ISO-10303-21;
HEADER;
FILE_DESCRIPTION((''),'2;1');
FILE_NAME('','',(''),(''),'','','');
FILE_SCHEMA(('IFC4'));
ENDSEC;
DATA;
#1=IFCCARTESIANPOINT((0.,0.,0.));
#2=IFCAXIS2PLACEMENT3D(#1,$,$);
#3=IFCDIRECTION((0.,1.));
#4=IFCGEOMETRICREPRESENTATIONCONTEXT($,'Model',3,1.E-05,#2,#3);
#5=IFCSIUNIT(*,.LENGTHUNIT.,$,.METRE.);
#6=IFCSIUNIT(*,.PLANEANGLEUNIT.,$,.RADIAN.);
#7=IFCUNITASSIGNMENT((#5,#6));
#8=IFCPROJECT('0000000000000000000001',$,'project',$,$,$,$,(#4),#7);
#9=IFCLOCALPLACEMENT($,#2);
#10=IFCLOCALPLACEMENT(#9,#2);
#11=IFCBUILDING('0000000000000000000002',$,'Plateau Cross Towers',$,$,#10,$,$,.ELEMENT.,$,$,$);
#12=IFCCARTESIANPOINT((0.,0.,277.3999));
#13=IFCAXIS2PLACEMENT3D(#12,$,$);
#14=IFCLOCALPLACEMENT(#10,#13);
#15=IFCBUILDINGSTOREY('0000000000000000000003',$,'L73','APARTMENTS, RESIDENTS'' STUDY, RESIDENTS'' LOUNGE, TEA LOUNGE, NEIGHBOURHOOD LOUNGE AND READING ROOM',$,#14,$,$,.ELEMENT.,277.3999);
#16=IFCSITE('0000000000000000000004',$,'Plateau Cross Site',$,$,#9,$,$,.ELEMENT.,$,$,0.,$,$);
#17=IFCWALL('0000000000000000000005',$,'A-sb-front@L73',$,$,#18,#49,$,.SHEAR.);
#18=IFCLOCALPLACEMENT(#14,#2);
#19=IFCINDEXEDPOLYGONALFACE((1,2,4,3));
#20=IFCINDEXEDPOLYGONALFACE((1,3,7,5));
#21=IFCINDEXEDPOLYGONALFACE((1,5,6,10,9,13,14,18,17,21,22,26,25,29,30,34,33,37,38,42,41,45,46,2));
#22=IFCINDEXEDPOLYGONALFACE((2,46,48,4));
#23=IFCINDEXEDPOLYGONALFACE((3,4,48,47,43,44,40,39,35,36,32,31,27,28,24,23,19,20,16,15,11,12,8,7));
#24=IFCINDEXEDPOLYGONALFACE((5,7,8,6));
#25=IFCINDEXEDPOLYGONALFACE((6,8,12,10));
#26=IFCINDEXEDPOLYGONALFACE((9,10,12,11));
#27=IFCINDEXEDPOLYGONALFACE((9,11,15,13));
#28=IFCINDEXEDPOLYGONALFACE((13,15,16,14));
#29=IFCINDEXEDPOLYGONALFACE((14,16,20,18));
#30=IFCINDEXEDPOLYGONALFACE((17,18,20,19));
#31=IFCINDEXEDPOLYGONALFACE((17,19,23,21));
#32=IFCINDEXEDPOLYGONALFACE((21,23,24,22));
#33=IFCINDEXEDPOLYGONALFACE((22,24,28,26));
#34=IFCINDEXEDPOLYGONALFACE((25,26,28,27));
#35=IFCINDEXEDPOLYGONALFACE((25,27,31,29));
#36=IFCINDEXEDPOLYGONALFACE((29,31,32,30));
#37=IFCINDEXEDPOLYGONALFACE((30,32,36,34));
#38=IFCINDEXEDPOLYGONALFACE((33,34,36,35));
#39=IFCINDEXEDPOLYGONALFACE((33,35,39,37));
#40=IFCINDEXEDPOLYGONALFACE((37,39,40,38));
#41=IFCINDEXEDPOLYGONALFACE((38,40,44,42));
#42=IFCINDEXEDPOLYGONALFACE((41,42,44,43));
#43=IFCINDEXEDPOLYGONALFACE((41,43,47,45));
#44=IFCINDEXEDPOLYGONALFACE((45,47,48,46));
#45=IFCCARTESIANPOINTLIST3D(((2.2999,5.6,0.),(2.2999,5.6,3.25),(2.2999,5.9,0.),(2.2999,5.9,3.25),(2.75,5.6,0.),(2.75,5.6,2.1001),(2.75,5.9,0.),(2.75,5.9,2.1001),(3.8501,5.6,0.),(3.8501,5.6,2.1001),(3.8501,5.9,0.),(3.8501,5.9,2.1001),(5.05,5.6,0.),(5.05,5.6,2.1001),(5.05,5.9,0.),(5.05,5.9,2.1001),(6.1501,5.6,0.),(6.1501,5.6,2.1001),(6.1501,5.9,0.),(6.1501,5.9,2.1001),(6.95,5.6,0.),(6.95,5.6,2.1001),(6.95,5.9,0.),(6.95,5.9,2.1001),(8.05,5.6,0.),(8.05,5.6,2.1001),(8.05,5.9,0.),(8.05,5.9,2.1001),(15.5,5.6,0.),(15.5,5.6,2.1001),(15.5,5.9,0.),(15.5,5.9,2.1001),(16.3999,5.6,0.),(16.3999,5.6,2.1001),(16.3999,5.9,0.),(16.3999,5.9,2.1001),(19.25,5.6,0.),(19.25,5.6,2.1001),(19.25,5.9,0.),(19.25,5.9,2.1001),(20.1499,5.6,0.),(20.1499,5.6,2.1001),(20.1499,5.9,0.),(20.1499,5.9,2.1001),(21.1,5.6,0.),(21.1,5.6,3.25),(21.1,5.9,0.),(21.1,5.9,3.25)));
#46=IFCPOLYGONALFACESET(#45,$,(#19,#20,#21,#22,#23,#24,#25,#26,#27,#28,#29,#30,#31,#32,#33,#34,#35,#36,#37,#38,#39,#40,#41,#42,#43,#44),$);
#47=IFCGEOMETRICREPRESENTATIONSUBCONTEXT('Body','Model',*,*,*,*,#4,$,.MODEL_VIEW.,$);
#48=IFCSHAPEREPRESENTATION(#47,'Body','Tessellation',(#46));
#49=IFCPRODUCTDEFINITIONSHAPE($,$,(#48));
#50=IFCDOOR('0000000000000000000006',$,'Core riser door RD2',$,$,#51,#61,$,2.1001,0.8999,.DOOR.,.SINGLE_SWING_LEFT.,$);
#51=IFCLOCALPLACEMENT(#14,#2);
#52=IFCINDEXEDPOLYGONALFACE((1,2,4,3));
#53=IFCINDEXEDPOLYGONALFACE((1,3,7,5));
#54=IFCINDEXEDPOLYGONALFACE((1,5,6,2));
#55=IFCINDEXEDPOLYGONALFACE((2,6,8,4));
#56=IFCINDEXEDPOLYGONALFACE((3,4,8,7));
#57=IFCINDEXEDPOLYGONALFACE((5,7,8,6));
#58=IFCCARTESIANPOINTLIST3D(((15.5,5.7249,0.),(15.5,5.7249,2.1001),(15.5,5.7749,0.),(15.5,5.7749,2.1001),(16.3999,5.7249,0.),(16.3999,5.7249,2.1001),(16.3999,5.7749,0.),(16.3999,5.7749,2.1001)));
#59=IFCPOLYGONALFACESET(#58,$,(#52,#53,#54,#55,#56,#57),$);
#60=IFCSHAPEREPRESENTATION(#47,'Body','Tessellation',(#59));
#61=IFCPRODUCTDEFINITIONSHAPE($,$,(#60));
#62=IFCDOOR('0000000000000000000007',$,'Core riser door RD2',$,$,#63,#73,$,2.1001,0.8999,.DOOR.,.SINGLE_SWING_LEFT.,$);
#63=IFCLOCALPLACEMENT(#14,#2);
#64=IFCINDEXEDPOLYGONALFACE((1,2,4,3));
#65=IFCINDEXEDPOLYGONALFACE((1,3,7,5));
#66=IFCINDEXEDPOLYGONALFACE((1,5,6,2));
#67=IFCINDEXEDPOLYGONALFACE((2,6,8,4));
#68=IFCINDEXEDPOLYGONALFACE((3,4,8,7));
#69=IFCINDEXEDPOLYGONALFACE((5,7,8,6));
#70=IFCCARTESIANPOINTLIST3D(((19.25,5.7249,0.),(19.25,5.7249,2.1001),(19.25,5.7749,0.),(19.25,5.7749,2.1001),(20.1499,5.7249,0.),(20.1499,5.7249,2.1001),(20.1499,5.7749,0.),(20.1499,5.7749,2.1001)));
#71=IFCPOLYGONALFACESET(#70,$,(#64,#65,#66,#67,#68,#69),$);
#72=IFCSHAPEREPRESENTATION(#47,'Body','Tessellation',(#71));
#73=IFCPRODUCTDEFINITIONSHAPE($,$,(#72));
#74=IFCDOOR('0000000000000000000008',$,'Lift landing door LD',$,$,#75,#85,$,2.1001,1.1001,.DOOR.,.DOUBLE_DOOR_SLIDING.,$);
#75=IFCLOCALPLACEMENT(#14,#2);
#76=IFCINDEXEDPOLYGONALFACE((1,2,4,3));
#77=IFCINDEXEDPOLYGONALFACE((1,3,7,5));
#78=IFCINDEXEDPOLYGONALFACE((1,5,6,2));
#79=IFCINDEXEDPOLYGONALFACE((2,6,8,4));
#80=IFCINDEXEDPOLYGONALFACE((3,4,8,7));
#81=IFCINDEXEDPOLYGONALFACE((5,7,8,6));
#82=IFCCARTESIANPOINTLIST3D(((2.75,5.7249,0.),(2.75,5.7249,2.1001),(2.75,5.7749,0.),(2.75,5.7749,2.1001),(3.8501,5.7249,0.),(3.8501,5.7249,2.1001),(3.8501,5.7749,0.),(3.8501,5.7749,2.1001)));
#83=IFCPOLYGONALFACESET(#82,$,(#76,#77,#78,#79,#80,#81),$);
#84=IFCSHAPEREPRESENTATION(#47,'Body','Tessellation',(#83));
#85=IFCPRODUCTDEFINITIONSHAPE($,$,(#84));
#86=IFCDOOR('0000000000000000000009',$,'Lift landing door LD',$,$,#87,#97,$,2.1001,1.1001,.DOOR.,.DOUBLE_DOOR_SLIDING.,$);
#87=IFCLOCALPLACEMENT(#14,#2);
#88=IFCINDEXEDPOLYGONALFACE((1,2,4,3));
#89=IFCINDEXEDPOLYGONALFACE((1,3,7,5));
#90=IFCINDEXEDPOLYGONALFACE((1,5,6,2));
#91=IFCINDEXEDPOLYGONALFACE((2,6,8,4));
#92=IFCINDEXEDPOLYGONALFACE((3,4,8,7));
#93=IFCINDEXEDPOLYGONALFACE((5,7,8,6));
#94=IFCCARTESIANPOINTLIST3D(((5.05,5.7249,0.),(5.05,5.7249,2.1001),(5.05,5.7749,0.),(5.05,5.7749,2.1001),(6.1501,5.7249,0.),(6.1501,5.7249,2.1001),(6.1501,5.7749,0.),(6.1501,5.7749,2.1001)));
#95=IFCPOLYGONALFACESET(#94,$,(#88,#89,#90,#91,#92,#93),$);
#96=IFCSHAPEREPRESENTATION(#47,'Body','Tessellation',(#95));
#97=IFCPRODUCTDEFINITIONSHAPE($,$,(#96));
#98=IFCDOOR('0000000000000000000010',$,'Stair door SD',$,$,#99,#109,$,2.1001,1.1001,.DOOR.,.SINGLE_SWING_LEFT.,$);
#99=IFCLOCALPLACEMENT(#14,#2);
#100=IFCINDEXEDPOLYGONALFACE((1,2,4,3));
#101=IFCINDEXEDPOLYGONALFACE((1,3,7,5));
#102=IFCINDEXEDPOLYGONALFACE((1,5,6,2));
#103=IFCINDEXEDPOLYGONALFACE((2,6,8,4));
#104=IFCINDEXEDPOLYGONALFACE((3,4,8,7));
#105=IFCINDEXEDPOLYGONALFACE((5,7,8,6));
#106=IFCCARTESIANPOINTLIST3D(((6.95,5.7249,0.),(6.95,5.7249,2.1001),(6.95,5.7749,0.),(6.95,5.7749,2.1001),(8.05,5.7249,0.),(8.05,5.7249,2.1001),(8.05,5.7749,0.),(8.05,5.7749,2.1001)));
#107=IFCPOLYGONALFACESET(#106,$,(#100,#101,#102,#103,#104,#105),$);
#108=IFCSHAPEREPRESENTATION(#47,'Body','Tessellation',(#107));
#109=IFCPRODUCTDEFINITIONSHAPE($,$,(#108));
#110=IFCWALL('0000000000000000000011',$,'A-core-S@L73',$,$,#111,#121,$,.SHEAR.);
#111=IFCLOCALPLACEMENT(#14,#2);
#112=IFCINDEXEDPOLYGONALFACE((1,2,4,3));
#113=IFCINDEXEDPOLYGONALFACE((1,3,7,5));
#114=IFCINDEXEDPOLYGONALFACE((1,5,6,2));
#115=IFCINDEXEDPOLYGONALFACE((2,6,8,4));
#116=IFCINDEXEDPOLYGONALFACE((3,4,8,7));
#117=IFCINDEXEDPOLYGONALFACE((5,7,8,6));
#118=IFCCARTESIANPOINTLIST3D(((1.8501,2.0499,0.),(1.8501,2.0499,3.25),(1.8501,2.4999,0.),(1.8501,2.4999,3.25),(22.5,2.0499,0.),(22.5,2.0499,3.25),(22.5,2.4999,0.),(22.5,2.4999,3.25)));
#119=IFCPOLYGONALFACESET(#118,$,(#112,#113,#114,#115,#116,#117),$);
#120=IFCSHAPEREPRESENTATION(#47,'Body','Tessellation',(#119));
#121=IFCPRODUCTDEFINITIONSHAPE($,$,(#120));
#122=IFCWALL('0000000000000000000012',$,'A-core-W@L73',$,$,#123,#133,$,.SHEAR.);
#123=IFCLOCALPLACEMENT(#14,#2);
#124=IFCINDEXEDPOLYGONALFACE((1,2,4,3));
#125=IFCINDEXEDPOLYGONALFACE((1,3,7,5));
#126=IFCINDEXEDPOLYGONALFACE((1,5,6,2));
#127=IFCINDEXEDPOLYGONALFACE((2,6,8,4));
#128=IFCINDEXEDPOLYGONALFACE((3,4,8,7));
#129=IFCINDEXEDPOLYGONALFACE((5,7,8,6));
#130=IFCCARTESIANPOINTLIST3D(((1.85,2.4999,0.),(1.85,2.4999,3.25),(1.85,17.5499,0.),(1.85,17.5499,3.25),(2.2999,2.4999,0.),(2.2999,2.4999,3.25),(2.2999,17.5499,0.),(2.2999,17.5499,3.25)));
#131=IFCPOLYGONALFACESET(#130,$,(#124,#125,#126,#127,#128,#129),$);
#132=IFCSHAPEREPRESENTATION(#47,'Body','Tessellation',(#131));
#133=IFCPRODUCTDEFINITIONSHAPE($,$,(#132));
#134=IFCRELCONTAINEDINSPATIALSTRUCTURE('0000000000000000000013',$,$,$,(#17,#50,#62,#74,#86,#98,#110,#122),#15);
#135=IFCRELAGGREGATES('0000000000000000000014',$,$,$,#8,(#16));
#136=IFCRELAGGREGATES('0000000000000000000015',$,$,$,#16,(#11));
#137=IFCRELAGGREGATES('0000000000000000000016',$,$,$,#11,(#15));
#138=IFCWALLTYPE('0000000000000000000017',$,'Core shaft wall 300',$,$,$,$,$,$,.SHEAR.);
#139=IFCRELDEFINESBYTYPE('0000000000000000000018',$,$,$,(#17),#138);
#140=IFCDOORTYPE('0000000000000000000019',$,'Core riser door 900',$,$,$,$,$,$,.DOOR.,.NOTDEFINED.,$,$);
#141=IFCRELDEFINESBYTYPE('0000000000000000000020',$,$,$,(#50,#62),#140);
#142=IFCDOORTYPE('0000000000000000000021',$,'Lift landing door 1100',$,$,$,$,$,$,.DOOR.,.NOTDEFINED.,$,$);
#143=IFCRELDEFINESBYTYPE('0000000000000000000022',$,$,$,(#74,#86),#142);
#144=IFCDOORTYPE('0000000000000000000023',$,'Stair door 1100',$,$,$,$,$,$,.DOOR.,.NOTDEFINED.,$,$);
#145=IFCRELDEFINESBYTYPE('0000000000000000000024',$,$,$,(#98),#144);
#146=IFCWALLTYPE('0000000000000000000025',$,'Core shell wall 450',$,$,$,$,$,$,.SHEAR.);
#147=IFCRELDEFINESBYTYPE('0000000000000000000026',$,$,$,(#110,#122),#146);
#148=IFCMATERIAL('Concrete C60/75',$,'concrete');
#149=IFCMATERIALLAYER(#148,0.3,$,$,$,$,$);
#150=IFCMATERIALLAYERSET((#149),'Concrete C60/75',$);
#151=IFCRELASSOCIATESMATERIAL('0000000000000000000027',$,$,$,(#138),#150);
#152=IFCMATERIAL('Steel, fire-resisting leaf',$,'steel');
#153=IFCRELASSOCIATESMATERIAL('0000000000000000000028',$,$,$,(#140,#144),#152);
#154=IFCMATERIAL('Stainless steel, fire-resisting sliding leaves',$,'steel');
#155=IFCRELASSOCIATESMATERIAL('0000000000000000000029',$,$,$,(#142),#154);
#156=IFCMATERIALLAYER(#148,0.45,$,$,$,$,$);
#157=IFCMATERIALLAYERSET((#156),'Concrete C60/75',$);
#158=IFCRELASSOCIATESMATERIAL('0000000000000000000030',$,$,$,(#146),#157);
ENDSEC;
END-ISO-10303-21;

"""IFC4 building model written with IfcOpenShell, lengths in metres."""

from ifc_helpers import new_model, si_unit, direction, frame, frame_2d, origin, place, context, subcontext, project, spatial, rectangle, extrude, material, layer, layer_set, type_object, element, fill, save


model = new_model("IFC4")

# Units and contexts
model_context = context("Model", 3, precision=1e-05, world=origin(), true_north=direction((0.0, 1.0)))
body_context = subcontext(model_context, "Body", "Model", "MODEL_VIEW")
ifc_project = project(units=[si_unit("LENGTHUNIT", "METRE"), si_unit("PLANEANGLEUNIT", "RADIAN")], contexts=[model_context])

# Site, building, storey
site_placement = place(None, origin())
site = spatial("IfcSite", under=ifc_project, at=site_placement, Name="Plateau Cross Site", CompositionType="ELEMENT", RefElevation=0.0)
building_placement = place(site_placement, origin())
building = spatial("IfcBuilding", under=site, at=building_placement, Name="Plateau Cross Towers", CompositionType="ELEMENT")
storey_placement = place(building_placement, frame((0.0, 0.0, 277.3999)))
storey = spatial("IfcBuildingStorey", under=building, at=storey_placement, Name="L73", Description="APARTMENTS, RESIDENTS' STUDY, RESIDENTS' LOUNGE, TEA LOUNGE, NEIGHBOURHOOD LOUNGE AND READING ROOM", CompositionType="ELEMENT", Elevation=277.3999)

# Shared definitions
ifc_material_1 = material(Name="Concrete C60/75", Category="concrete")

# Shared definitions
ifc_layer_1 = layer(ifc_material_1, 0.3)
ifc_layer_set_1 = layer_set([ifc_layer_1], Name="Concrete C60/75")
wall_type_1 = type_object("IfcWallType", Name="Core shaft wall 300", PredefinedType="SHEAR", material=ifc_layer_set_1)

# Wall, openings, doors
wall_1_placement = place(storey_placement, frame((2.3, 5.75, 0.0), z_axis=(0.0, 0.0, 1.0), x_axis=(1.0, 0.0, 0.0)))
wall_1 = element("IfcWall", 1, at=wall_1_placement, inside=storey, type_object=wall_type_1, Name="A-sb-front@L73", PredefinedType="SHEAR", context=body_context, shape_type="SweptSolid", body=[
    extrude(rectangle(XDim=18.8, YDim=0.3, at=frame_2d((9.3999, 0.0))), origin(), (0.0, 0.0, 1.0), 3.25),
])
opening_1_placement = place(wall_1_placement, frame((4.6499, 0.0, 0.0)))
opening_1 = element("IfcOpeningElement", 2, at=opening_1_placement, cuts=wall_1, PredefinedType="OPENING", context=body_context, shape_type="SweptSolid", body=[
    extrude(rectangle(XDim=1.1001, YDim=2.1001, at=frame_2d((0.55, 1.05))), frame((0.0, 0.1599, 0.0), z_axis=(0.0, -1.0, 0.0), x_axis=(1.0, 0.0, 0.0)), (0.0, 0.0, 1.0), 0.3201),
])
opening_2_placement = place(wall_1_placement, frame((0.45, 0.0, 0.0)))
opening_2 = element("IfcOpeningElement", 3, at=opening_2_placement, cuts=wall_1, PredefinedType="OPENING", context=body_context, shape_type="SweptSolid", body=[
    extrude(rectangle(XDim=1.1001, YDim=2.1001, at=frame_2d((0.55, 1.05))), frame((0.0, 0.1599, 0.0), z_axis=(0.0, -1.0, 0.0), x_axis=(1.0, 0.0, 0.0)), (0.0, 0.0, 1.0), 0.3201),
])
opening_3_placement = place(wall_1_placement, frame((2.75, 0.0, 0.0)))
opening_3 = element("IfcOpeningElement", 4, at=opening_3_placement, cuts=wall_1, PredefinedType="OPENING", context=body_context, shape_type="SweptSolid", body=[
    extrude(rectangle(XDim=1.1001, YDim=2.1001, at=frame_2d((0.55, 1.05))), frame((0.0, 0.1599, 0.0), z_axis=(0.0, -1.0, 0.0), x_axis=(1.0, 0.0, 0.0)), (0.0, 0.0, 1.0), 0.3201),
])
opening_4_placement = place(wall_1_placement, frame((13.2, 0.0, 0.0)))
opening_4 = element("IfcOpeningElement", 5, at=opening_4_placement, cuts=wall_1, PredefinedType="OPENING", context=body_context, shape_type="SweptSolid", body=[
    extrude(rectangle(XDim=0.8999, YDim=2.1001, at=frame_2d((0.45, 1.05))), frame((0.0, 0.1599, 0.0), z_axis=(0.0, -1.0, 0.0), x_axis=(1.0, 0.0, 0.0)), (0.0, 0.0, 1.0), 0.3201),
])
opening_5_placement = place(wall_1_placement, frame((16.95, 0.0, 0.0)))
opening_5 = element("IfcOpeningElement", 6, at=opening_5_placement, cuts=wall_1, PredefinedType="OPENING", context=body_context, shape_type="SweptSolid", body=[
    extrude(rectangle(XDim=0.8999, YDim=2.1001, at=frame_2d((0.45, 1.05))), frame((0.0, 0.1599, 0.0), z_axis=(0.0, -1.0, 0.0), x_axis=(1.0, 0.0, 0.0)), (0.0, 0.0, 1.0), 0.3201),
])
ifc_material_2 = material(Name="Steel, fire-resisting leaf", Category="steel")
door_type_1 = type_object("IfcDoorType", Name="Core riser door 900", OperationType="NOTDEFINED", PredefinedType="DOOR", material=ifc_material_2)
door_1_placement = place(opening_4_placement, origin())
door_1 = element("IfcDoor", 7, at=door_1_placement, inside=storey, type_object=door_type_1, Name="Core riser door RD2", OperationType="SINGLE_SWING_LEFT", OverallHeight=2.1001, OverallWidth=0.8999, PredefinedType="DOOR", context=body_context, shape_type="SweptSolid", body=[
    extrude(rectangle(XDim=0.8999, YDim=2.1001, at=frame_2d((0.45, 1.05))), frame((0.0, 0.0249, 0.0), z_axis=(0.0, -1.0, 0.0), x_axis=(1.0, 0.0, 0.0)), (0.0, 0.0, 1.0), 0.05),
])
fill(opening_4, door_1)
door_2_placement = place(opening_5_placement, origin())
door_2 = element("IfcDoor", 8, at=door_2_placement, inside=storey, type_object=door_type_1, Name="Core riser door RD2", OperationType="SINGLE_SWING_LEFT", OverallHeight=2.1001, OverallWidth=0.8999, PredefinedType="DOOR", context=body_context, shape_type="SweptSolid", body=[
    extrude(rectangle(XDim=0.8999, YDim=2.1001, at=frame_2d((0.45, 1.05))), frame((0.0, 0.0249, 0.0), z_axis=(0.0, -1.0, 0.0), x_axis=(1.0, 0.0, 0.0)), (0.0, 0.0, 1.0), 0.05),
])
fill(opening_5, door_2)
ifc_material_3 = material(Name="Stainless steel, fire-resisting sliding leaves", Category="steel")
door_type_2 = type_object("IfcDoorType", Name="Lift landing door 1100", OperationType="NOTDEFINED", PredefinedType="DOOR", material=ifc_material_3)
door_3_placement = place(opening_2_placement, origin())
door_3 = element("IfcDoor", 9, at=door_3_placement, inside=storey, type_object=door_type_2, Name="Lift landing door LD", OperationType="DOUBLE_DOOR_SLIDING", OverallHeight=2.1001, OverallWidth=1.1001, PredefinedType="DOOR", context=body_context, shape_type="SweptSolid", body=[
    extrude(rectangle(XDim=1.1001, YDim=2.1001, at=frame_2d((0.55, 1.05))), frame((0.0, 0.0249, 0.0), z_axis=(0.0, -1.0, 0.0), x_axis=(1.0, 0.0, 0.0)), (0.0, 0.0, 1.0), 0.05),
])
fill(opening_2, door_3)
door_4_placement = place(opening_3_placement, origin())
door_4 = element("IfcDoor", 10, at=door_4_placement, inside=storey, type_object=door_type_2, Name="Lift landing door LD", OperationType="DOUBLE_DOOR_SLIDING", OverallHeight=2.1001, OverallWidth=1.1001, PredefinedType="DOOR", context=body_context, shape_type="SweptSolid", body=[
    extrude(rectangle(XDim=1.1001, YDim=2.1001, at=frame_2d((0.55, 1.05))), frame((0.0, 0.0249, 0.0), z_axis=(0.0, -1.0, 0.0), x_axis=(1.0, 0.0, 0.0)), (0.0, 0.0, 1.0), 0.05),
])
fill(opening_3, door_4)
door_type_3 = type_object("IfcDoorType", Name="Stair door 1100", OperationType="NOTDEFINED", PredefinedType="DOOR", material=ifc_material_2)
door_5_placement = place(opening_1_placement, origin())
door_5 = element("IfcDoor", 11, at=door_5_placement, inside=storey, type_object=door_type_3, Name="Stair door SD", OperationType="SINGLE_SWING_LEFT", OverallHeight=2.1001, OverallWidth=1.1001, PredefinedType="DOOR", context=body_context, shape_type="SweptSolid", body=[
    extrude(rectangle(XDim=1.1001, YDim=2.1001, at=frame_2d((0.55, 1.05))), frame((0.0, 0.0249, 0.0), z_axis=(0.0, -1.0, 0.0), x_axis=(1.0, 0.0, 0.0)), (0.0, 0.0, 1.0), 0.05),
])
fill(opening_1, door_5)

# Walls
ifc_layer_2 = layer(ifc_material_1, 0.45)
ifc_layer_set_2 = layer_set([ifc_layer_2], Name="Concrete C60/75")
wall_type_2 = type_object("IfcWallType", Name="Core shell wall 450", PredefinedType="SHEAR", material=ifc_layer_set_2)
wall_2_placement = place(storey_placement, frame((1.8501, 2.2749, 0.0), z_axis=(0.0, 0.0, 1.0), x_axis=(1.0, 0.0, 0.0)))
element("IfcWall", 12, at=wall_2_placement, inside=storey, type_object=wall_type_2, Name="A-core-S@L73", PredefinedType="SHEAR", context=body_context, shape_type="SweptSolid", body=[
    extrude(rectangle(XDim=20.6499, YDim=0.45, at=frame_2d((10.325, 0.0))), origin(), (0.0, 0.0, 1.0), 3.25),
])
wall_3_placement = place(storey_placement, frame((2.075, 2.5, 0.0), z_axis=(0.0, 0.0, 1.0), x_axis=(0.0, 1.0, 0.0)))
element("IfcWall", 13, at=wall_3_placement, inside=storey, type_object=wall_type_2, Name="A-core-W@L73", PredefinedType="SHEAR", context=body_context, shape_type="SweptSolid", body=[
    extrude(rectangle(XDim=15.05, YDim=0.45, at=frame_2d((7.5249, 0.0))), origin(), (0.0, 0.0, 1.0), 3.25),
])

save(model, "model.ifc")
